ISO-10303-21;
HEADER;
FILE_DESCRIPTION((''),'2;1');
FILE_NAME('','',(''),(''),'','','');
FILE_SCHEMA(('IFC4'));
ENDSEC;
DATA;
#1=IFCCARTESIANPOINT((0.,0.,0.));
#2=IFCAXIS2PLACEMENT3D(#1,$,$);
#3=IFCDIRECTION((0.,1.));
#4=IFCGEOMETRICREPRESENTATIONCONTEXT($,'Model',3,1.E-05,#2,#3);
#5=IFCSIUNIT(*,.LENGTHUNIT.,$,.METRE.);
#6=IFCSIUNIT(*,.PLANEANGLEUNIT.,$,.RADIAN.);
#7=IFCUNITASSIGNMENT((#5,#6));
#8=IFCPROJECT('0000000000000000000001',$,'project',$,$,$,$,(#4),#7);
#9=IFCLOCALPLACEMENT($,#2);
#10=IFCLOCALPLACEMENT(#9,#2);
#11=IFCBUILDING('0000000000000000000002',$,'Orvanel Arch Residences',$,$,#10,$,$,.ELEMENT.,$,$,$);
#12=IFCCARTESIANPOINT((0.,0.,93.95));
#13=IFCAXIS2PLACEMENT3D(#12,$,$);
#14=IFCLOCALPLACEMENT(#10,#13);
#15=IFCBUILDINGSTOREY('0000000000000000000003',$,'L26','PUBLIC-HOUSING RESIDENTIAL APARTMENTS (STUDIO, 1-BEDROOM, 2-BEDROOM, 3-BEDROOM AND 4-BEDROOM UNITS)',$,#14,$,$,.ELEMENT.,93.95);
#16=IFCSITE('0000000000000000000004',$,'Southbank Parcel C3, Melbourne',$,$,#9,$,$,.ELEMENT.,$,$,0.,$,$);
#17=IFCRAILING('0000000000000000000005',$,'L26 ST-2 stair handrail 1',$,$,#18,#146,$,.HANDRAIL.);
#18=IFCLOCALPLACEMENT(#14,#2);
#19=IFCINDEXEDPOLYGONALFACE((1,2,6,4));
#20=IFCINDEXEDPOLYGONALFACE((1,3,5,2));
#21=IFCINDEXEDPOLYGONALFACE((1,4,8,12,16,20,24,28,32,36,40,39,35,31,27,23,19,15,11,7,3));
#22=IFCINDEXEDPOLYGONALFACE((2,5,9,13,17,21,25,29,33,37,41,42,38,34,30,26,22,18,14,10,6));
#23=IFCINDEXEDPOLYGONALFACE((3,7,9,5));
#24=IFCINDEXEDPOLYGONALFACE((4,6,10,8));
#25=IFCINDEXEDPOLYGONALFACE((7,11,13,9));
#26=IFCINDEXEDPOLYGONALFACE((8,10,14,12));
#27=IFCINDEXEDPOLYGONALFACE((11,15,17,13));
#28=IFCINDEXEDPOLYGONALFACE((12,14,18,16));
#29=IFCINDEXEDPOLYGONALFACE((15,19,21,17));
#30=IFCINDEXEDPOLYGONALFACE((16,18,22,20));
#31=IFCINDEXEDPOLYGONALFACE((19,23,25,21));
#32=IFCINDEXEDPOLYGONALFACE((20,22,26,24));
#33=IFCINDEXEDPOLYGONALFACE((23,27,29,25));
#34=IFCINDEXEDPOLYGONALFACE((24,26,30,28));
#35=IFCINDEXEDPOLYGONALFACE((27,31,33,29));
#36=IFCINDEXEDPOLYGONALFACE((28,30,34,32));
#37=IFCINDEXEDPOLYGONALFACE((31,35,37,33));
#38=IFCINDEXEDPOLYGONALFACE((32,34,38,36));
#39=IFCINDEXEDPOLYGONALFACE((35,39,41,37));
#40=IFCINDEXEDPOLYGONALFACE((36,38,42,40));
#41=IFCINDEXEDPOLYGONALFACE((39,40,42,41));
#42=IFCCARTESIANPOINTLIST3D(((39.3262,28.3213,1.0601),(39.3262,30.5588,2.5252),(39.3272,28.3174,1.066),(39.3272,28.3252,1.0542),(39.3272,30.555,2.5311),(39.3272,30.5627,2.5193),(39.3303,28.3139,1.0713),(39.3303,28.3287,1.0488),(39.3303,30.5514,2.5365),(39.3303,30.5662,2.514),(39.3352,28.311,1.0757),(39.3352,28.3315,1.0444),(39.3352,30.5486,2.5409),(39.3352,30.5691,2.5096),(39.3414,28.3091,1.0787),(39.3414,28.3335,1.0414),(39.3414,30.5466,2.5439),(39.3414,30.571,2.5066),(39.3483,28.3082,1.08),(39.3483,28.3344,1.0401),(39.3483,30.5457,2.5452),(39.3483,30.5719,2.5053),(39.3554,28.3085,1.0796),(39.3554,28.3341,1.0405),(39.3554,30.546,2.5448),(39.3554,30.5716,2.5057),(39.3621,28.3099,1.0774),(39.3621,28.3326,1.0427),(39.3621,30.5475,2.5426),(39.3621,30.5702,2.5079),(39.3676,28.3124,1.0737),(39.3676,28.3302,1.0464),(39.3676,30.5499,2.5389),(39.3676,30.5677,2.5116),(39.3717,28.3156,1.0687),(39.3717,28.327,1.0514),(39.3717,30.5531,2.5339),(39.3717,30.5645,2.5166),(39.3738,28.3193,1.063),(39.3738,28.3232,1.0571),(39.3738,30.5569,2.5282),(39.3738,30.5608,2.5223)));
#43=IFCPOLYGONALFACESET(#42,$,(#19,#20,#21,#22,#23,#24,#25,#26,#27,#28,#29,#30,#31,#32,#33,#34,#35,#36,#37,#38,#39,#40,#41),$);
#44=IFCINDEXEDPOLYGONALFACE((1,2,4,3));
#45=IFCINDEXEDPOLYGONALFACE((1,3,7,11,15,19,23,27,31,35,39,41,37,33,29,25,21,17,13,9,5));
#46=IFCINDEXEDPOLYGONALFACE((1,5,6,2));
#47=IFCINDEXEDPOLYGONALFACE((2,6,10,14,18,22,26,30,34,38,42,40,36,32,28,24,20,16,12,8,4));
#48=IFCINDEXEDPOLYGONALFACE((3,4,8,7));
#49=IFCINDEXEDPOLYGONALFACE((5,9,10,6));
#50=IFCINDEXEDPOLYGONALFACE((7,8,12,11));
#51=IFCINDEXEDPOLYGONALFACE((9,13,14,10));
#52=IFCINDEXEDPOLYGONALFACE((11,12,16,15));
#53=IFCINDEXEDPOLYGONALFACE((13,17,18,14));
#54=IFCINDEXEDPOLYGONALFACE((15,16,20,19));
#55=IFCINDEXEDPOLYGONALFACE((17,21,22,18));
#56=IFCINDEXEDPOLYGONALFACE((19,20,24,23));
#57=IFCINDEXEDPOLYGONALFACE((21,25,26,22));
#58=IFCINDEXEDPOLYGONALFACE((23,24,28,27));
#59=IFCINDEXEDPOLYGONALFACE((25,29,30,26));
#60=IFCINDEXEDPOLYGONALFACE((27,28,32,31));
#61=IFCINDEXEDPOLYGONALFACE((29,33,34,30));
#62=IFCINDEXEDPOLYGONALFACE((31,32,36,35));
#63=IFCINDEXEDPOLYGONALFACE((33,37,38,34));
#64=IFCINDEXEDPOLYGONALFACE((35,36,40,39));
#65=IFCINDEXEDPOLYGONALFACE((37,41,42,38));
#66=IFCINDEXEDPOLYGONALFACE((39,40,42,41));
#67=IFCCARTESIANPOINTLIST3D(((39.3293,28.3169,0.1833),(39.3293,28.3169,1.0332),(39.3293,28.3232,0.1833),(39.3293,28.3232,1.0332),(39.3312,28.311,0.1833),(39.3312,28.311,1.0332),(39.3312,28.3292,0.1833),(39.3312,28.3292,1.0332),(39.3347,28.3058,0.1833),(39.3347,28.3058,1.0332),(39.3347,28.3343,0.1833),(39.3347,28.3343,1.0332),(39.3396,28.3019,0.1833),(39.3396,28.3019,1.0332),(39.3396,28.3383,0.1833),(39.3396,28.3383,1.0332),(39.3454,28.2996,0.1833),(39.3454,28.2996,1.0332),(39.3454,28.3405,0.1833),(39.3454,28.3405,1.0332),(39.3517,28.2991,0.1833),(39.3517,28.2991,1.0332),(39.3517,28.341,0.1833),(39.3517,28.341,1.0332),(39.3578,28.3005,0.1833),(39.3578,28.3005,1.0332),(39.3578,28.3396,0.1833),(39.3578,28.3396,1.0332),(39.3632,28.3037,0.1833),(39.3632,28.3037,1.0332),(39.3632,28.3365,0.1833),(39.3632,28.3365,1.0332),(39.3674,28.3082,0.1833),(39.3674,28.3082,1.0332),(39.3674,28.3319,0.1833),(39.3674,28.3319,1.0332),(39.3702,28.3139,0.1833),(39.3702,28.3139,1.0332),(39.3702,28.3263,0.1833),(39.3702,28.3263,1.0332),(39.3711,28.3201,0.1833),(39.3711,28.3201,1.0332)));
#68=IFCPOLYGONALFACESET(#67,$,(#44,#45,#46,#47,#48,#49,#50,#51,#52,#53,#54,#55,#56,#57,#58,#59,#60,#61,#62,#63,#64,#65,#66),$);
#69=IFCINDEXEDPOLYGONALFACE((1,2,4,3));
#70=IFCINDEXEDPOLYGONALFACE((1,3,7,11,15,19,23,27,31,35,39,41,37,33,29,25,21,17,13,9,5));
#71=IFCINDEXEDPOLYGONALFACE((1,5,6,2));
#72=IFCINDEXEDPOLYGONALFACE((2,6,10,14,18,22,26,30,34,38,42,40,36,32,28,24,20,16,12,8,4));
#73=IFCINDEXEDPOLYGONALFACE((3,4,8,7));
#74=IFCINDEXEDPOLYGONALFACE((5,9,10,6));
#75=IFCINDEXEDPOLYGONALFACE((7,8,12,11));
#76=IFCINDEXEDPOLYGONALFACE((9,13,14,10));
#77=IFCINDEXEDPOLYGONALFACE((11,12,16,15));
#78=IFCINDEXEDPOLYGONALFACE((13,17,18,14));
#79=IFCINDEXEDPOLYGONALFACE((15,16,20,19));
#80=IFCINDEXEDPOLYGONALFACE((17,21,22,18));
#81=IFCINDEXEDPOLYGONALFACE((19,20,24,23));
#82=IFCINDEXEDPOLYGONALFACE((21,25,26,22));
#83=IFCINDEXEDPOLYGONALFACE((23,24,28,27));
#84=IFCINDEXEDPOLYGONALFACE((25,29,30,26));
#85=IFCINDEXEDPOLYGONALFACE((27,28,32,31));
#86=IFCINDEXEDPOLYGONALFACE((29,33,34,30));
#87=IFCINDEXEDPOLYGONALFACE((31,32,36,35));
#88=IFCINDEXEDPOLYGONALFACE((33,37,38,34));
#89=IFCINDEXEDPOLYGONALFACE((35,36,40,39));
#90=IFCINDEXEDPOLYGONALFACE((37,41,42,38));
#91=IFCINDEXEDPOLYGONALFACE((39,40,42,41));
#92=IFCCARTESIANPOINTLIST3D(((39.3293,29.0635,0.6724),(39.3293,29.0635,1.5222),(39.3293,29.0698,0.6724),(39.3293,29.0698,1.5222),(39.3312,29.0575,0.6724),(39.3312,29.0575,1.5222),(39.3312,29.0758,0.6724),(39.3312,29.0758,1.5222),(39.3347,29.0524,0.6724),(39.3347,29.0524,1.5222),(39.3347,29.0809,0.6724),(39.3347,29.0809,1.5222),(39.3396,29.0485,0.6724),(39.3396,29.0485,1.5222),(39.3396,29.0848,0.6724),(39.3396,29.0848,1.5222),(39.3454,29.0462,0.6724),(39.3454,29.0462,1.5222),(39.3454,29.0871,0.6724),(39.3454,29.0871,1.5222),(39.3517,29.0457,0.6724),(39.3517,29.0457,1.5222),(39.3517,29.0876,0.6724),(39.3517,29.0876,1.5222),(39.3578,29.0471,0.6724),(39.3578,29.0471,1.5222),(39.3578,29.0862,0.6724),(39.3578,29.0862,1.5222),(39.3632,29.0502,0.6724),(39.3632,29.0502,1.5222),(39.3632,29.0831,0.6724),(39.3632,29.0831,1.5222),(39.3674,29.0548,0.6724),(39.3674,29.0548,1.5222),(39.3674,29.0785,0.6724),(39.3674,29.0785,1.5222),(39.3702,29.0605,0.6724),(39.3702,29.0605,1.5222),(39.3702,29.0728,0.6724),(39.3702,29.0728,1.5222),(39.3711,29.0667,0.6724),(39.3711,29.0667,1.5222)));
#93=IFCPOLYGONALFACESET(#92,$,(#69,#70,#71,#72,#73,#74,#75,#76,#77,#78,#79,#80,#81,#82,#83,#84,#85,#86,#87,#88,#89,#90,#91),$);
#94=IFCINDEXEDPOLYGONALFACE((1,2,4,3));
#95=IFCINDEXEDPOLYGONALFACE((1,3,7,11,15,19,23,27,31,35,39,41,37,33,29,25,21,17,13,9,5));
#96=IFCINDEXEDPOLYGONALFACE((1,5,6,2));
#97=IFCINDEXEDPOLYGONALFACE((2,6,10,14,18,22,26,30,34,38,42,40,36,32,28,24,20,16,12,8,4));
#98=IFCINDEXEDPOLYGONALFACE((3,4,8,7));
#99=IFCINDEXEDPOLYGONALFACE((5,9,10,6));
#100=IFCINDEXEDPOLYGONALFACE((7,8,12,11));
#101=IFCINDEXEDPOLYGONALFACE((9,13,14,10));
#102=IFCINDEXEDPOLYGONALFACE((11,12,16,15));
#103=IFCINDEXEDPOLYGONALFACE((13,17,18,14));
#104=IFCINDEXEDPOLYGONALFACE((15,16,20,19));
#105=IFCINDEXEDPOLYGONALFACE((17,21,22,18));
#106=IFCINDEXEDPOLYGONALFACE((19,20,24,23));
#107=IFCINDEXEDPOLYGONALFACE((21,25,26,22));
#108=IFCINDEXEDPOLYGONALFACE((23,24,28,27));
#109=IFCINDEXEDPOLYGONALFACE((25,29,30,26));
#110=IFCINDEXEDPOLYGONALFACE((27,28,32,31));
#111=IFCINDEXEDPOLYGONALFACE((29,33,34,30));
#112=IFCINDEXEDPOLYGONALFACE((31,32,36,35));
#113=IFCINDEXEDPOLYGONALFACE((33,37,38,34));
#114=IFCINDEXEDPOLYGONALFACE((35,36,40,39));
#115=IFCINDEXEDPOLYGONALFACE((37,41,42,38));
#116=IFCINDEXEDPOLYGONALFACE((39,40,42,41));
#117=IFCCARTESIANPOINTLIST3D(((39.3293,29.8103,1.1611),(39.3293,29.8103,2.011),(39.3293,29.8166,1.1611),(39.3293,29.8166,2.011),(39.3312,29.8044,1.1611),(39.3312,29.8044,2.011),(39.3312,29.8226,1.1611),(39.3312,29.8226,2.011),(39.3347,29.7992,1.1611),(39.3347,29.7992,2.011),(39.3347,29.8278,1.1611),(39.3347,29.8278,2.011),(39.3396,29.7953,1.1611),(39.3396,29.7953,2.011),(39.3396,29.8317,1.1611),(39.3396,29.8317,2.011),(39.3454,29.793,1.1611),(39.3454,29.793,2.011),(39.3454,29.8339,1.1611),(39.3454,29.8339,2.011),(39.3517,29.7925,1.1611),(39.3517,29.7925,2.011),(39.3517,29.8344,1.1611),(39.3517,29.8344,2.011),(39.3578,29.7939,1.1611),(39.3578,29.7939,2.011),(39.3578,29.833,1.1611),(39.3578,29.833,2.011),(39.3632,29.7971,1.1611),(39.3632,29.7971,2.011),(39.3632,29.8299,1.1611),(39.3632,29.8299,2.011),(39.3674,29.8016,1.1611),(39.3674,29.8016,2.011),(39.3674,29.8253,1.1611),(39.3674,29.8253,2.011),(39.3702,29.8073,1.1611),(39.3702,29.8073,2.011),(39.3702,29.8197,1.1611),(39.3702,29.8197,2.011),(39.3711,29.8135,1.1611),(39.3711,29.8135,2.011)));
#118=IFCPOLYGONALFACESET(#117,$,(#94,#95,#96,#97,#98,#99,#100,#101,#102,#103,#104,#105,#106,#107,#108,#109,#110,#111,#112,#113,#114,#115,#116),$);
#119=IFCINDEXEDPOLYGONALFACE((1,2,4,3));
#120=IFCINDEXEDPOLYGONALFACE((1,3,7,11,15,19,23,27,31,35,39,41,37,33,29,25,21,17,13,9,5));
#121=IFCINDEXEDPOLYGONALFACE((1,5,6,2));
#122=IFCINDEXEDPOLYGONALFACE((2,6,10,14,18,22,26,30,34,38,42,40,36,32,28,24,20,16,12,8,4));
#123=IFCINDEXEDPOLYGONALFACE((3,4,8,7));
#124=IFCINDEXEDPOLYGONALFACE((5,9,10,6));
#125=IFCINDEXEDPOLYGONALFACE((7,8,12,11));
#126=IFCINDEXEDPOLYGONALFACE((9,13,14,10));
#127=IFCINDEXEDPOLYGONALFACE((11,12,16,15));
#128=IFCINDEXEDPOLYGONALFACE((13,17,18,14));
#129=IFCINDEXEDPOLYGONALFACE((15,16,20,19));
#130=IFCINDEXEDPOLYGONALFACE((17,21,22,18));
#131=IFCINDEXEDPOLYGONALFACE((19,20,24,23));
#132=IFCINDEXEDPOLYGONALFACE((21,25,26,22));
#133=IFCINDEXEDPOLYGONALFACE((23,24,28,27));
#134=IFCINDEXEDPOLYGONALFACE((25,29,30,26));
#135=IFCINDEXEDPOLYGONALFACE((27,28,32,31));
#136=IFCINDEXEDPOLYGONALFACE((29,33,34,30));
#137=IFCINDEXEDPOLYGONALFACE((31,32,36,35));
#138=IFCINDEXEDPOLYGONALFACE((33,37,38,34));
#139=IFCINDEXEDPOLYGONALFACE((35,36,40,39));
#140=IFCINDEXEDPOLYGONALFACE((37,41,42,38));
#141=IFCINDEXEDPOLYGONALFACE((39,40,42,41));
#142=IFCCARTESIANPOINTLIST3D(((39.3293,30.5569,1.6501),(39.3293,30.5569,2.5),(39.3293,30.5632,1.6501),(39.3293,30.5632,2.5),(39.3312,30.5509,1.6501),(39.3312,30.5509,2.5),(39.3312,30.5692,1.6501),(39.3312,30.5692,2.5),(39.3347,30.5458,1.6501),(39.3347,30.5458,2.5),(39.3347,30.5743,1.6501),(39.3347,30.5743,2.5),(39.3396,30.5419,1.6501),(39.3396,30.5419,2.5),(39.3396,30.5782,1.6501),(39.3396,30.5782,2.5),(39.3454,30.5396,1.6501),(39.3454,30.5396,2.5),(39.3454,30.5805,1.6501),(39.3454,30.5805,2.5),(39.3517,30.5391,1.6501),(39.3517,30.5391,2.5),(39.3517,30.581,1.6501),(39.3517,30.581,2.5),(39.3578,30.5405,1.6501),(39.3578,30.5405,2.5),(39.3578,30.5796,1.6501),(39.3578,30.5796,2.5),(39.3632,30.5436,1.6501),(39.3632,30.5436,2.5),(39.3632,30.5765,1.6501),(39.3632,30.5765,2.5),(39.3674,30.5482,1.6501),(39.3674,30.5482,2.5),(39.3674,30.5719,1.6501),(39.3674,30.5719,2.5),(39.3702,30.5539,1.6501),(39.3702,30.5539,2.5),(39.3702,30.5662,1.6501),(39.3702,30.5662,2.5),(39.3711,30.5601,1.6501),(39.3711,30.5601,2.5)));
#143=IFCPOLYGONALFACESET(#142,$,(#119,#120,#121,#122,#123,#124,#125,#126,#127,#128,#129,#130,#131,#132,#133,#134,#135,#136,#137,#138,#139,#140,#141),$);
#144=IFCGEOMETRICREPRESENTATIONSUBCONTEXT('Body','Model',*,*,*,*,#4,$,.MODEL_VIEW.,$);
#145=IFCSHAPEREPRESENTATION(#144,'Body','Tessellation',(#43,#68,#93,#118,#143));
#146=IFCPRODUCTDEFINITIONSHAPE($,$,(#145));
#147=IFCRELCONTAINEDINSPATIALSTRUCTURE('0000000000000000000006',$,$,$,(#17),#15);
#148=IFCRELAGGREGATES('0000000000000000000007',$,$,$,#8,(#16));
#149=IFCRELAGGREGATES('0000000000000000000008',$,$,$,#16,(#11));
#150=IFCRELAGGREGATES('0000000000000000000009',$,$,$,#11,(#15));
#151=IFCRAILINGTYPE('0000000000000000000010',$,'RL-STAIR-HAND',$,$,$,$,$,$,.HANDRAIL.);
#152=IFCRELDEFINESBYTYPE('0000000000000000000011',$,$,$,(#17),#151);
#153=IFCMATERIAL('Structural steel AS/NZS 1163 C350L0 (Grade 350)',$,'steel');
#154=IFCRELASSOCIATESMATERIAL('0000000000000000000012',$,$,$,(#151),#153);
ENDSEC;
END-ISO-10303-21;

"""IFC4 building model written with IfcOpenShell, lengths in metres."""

from ifc_helpers import new_model, si_unit, direction, frame, origin, origin_2d, place, context, subcontext, project, spatial, circle, extrude, material, type_object, element, save


model = new_model("IFC4")

# Units and contexts
model_context = context("Model", 3, precision=1e-05, world=origin(), true_north=direction((0.0, 1.0)))
body_context = subcontext(model_context, "Body", "Model", "MODEL_VIEW")
ifc_project = project(units=[si_unit("LENGTHUNIT", "METRE"), si_unit("PLANEANGLEUNIT", "RADIAN")], contexts=[model_context])

# Site, building, storey
site_placement = place(None, origin())
site = spatial("IfcSite", under=ifc_project, at=site_placement, Name="Southbank Parcel C3, Melbourne", CompositionType="ELEMENT", RefElevation=0.0)
building_placement = place(site_placement, origin())
building = spatial("IfcBuilding", under=site, at=building_placement, Name="Orvanel Arch Residences", CompositionType="ELEMENT")
storey_placement = place(building_placement, frame((0.0, 0.0, 93.95)))
storey = spatial("IfcBuildingStorey", under=building, at=storey_placement, Name="L26", Description="PUBLIC-HOUSING RESIDENTIAL APARTMENTS (STUDIO, 1-BEDROOM, 2-BEDROOM, 3-BEDROOM AND 4-BEDROOM UNITS)", CompositionType="ELEMENT", Elevation=93.95)

# Railing
ifc_material_1 = material(Name="Structural steel AS/NZS 1163 C350L0 (Grade 350)", Category="steel")
railing_type_1 = type_object("IfcRailingType", Name="RL-STAIR-HAND", PredefinedType="HANDRAIL", material=ifc_material_1)
railing_1_placement = place(storey_placement, frame((39.3501, 28.3201, 0.1833)))
element("IfcRailing", 1, at=railing_1_placement, inside=storey, type_object=railing_type_1, Name="L26 ST-2 stair handrail 1", PredefinedType="HANDRAIL", context=body_context, shape_type="SweptSolid", body=[
    extrude(circle(Radius=0.0239, at=origin_2d()), frame((0.0, 0.0012, 0.8767), z_axis=(0.0, 0.836595, 0.547822), x_axis=(-1.0, 0.0, 0.0)), (0.0, 0.0, 1.0), 2.6746),
    extrude(circle(Radius=0.021, at=origin_2d()), origin(), (0.0, 0.0, 1.0), 0.8499),
    extrude(circle(Radius=0.021, at=origin_2d()), frame((0.0, 0.7466, 0.489)), (0.0, 0.0, 1.0), 0.8499),
    extrude(circle(Radius=0.021, at=origin_2d()), frame((0.0, 1.4934, 0.9778)), (0.0, 0.0, 1.0), 0.8499),
    extrude(circle(Radius=0.021, at=origin_2d()), frame((0.0, 2.24, 1.4668)), (0.0, 0.0, 1.0), 0.8499),
])

save(model, "model.ifc")
